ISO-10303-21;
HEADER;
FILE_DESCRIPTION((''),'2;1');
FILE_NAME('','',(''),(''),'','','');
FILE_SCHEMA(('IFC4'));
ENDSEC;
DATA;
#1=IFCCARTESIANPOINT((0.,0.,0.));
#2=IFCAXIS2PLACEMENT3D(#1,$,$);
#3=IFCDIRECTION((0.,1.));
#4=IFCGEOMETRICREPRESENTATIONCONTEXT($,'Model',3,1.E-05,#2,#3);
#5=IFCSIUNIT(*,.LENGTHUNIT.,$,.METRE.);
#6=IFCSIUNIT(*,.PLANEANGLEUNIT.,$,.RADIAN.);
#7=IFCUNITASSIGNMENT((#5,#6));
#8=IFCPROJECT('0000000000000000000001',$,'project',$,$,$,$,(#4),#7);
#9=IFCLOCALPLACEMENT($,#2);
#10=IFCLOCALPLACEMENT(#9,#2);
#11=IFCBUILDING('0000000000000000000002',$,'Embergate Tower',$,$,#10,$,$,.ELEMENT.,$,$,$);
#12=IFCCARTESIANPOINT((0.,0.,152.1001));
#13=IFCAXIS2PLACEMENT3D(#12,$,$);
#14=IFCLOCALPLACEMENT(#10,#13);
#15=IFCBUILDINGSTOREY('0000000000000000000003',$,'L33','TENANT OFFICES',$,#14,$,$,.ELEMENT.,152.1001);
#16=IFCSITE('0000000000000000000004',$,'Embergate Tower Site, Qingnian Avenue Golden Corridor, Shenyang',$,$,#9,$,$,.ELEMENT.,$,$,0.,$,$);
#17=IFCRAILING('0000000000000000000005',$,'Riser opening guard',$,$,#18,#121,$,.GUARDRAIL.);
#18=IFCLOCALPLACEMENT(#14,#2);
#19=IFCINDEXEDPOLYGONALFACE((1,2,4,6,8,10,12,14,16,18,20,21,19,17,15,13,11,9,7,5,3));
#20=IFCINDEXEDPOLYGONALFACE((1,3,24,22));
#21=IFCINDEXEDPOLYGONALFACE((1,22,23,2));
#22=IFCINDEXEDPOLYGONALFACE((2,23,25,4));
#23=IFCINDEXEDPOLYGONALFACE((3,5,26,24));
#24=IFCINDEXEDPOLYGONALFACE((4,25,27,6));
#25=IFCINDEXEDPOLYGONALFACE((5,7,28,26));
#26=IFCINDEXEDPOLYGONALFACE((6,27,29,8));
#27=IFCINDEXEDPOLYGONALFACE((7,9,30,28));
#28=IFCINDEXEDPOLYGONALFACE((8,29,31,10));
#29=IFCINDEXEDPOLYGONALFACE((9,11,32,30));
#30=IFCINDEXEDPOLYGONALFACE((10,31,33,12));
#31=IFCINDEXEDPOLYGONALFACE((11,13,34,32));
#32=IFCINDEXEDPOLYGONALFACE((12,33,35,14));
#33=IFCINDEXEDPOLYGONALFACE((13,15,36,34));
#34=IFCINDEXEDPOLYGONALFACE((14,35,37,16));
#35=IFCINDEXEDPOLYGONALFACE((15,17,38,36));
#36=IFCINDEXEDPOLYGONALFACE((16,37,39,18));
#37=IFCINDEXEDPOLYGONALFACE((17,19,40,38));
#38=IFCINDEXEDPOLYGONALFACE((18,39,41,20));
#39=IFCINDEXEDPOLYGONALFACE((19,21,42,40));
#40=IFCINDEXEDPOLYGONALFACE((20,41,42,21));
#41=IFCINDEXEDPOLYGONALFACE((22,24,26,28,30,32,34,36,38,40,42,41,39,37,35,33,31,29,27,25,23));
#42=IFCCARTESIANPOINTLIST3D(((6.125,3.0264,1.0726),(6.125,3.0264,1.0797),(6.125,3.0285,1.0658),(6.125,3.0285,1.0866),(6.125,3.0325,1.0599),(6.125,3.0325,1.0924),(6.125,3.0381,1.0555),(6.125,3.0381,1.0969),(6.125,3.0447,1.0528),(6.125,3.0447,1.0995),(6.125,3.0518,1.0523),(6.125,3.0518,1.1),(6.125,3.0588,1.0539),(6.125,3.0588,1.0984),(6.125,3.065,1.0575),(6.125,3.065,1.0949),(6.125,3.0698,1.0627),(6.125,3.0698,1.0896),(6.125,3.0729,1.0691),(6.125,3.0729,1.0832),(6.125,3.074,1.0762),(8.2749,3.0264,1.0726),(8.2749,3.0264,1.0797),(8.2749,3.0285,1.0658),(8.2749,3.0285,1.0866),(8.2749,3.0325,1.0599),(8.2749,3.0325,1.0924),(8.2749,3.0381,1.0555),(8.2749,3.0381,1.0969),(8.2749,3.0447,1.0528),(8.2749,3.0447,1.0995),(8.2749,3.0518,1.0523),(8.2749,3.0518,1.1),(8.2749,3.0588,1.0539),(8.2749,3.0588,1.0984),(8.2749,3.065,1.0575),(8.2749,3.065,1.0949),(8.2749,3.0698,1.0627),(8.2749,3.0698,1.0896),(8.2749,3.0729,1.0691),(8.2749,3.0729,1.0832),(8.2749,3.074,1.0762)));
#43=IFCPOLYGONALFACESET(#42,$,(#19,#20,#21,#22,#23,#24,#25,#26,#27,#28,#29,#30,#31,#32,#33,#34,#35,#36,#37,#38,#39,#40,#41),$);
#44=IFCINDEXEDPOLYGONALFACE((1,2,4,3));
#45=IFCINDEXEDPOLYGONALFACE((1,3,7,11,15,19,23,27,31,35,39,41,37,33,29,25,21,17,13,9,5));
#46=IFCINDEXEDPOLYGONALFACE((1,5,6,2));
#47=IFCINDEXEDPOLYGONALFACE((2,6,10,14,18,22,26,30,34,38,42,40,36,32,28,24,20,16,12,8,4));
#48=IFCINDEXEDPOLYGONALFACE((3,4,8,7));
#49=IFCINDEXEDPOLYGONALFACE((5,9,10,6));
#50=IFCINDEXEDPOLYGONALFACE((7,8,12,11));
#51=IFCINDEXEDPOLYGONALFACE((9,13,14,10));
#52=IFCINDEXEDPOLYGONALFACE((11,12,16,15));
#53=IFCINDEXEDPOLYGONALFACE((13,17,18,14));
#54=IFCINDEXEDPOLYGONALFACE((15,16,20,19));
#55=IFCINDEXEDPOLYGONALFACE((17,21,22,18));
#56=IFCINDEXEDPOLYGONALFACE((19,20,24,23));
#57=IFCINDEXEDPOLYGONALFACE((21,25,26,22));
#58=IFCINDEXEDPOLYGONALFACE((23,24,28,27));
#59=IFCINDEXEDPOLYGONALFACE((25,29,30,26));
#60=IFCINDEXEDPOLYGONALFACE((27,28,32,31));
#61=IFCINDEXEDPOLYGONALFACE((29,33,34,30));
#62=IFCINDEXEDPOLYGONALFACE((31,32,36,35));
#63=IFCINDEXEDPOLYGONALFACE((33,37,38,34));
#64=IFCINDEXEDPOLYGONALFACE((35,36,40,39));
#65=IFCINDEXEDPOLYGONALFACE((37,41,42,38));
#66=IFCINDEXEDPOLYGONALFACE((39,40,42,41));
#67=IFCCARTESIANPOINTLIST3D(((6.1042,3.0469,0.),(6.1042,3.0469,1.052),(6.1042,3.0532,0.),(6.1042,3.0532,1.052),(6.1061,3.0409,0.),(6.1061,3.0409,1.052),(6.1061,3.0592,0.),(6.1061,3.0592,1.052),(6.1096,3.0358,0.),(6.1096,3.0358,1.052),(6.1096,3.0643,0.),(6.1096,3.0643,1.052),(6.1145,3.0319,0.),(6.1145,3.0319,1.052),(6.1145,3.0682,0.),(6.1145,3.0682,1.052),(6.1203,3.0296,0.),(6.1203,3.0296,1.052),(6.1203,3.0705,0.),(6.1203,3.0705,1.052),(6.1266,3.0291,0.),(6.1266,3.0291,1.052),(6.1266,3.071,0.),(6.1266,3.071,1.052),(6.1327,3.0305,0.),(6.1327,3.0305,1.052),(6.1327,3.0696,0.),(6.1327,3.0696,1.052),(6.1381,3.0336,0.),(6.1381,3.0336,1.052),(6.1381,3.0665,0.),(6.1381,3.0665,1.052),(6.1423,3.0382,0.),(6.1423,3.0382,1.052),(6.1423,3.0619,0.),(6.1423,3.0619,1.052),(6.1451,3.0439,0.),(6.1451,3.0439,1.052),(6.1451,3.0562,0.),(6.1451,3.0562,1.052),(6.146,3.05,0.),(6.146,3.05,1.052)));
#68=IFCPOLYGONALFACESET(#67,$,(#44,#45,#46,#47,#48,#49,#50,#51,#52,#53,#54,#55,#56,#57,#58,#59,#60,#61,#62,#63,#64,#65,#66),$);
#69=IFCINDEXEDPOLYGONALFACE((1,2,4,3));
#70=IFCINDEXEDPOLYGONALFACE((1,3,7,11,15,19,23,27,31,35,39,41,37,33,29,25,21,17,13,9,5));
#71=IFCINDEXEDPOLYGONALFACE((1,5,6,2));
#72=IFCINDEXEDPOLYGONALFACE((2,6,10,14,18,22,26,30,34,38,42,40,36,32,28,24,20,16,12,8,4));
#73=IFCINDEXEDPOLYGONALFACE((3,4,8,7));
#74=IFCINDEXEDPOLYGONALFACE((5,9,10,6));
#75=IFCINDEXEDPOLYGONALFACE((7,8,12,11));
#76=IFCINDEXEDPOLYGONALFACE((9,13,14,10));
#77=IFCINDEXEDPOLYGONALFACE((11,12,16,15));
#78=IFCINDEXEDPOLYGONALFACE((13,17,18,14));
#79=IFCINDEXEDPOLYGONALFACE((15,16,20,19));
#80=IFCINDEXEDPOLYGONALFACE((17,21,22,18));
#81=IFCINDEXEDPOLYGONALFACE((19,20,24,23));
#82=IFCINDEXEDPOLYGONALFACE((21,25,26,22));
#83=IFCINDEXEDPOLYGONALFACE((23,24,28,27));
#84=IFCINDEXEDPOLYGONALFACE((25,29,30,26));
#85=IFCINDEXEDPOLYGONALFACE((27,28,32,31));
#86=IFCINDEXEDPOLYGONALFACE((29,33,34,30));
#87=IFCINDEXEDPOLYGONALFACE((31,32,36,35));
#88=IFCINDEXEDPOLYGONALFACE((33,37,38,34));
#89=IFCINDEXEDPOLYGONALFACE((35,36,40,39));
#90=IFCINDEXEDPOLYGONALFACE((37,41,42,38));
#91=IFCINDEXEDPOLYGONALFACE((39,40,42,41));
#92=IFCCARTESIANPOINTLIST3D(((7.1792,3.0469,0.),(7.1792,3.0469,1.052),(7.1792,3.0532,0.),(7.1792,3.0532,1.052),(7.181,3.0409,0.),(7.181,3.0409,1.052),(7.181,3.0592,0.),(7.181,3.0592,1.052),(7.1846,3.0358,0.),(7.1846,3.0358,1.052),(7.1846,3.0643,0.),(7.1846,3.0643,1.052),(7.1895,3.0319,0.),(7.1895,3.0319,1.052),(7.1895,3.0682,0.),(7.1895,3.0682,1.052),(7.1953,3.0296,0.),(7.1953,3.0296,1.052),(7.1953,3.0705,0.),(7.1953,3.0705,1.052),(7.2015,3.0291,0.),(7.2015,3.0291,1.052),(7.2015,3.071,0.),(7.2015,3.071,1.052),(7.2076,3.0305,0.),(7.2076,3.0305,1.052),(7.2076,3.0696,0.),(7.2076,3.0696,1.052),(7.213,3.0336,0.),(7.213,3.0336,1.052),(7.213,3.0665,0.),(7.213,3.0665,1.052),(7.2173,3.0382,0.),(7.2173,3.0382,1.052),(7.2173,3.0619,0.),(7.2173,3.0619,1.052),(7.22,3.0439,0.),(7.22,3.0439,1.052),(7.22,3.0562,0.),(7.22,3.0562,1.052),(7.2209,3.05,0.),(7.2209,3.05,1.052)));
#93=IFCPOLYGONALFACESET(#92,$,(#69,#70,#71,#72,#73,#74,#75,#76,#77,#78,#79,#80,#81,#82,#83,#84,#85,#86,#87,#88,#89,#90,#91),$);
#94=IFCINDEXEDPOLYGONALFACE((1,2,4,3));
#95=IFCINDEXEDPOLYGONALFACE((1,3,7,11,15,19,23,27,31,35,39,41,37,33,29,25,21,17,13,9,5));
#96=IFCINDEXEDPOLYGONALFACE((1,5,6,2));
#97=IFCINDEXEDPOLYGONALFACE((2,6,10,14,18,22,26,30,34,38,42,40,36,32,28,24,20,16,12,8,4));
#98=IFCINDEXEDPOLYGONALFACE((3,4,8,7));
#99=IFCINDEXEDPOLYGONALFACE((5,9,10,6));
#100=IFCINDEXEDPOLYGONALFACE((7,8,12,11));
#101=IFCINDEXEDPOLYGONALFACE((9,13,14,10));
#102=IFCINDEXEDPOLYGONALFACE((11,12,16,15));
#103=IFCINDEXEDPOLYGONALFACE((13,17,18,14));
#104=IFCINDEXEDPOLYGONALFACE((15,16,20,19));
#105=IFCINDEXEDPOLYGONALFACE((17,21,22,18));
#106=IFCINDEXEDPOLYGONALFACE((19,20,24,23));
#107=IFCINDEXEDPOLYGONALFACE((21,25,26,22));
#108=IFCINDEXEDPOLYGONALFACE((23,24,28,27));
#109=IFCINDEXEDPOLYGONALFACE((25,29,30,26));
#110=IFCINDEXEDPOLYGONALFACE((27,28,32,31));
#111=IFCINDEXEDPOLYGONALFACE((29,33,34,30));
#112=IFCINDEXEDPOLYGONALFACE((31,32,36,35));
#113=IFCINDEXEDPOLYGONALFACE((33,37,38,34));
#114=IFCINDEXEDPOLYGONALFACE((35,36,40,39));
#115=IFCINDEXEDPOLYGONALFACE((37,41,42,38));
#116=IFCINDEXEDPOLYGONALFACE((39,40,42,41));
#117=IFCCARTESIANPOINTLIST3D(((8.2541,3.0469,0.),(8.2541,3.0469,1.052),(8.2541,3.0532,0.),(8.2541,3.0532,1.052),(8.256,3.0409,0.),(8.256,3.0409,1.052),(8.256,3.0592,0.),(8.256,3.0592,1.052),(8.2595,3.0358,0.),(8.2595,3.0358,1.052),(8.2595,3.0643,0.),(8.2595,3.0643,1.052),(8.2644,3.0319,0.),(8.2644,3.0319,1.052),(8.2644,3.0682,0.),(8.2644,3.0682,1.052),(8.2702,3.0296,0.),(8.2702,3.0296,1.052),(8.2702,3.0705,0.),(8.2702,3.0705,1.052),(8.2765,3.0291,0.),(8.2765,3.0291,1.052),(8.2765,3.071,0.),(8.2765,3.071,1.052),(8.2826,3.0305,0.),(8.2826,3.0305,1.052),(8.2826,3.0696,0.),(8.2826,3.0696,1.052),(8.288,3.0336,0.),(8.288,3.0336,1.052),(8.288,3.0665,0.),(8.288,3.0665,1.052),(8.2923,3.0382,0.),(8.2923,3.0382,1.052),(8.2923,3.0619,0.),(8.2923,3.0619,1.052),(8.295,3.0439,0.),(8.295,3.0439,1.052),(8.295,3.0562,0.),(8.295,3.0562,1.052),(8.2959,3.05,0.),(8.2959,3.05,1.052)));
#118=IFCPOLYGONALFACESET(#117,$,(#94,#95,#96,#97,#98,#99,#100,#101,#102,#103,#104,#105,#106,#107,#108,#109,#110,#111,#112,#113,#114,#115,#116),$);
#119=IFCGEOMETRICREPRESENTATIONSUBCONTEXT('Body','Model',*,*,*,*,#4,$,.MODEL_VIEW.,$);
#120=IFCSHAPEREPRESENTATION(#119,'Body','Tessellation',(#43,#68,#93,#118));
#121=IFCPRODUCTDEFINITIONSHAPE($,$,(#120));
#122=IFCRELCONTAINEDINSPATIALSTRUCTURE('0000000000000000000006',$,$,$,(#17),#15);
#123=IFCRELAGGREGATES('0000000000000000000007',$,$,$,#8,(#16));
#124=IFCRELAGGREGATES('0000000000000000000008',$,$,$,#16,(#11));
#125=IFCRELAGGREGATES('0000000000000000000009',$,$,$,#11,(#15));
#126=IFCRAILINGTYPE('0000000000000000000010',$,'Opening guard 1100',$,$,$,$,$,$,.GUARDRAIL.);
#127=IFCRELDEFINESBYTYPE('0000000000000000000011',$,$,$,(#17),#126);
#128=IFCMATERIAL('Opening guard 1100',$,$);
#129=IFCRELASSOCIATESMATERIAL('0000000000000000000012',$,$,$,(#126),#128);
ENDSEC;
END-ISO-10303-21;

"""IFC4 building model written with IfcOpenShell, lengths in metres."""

from ifc_helpers import new_model, si_unit, direction, frame, origin, origin_2d, place, context, subcontext, project, spatial, circle, extrude, source, transform, mapped, material, type_object, element, save


model = new_model("IFC4")

# Units and contexts
model_context = context("Model", 3, precision=1e-05, world=origin(), true_north=direction((0.0, 1.0)))
body_context = subcontext(model_context, "Body", "Model", "MODEL_VIEW")
ifc_project = project(units=[si_unit("LENGTHUNIT", "METRE"), si_unit("PLANEANGLEUNIT", "RADIAN")], contexts=[model_context])

# Site, building, storey
site_placement = place(None, origin())
site = spatial("IfcSite", under=ifc_project, at=site_placement, Name="Embergate Tower Site, Qingnian Avenue Golden Corridor, Shenyang", CompositionType="ELEMENT", RefElevation=0.0)
building_placement = place(site_placement, origin())
building = spatial("IfcBuilding", under=site, at=building_placement, Name="Embergate Tower", CompositionType="ELEMENT")
storey_placement = place(building_placement, frame((0.0, 0.0, 152.1001)))
storey = spatial("IfcBuildingStorey", under=building, at=storey_placement, Name="L33", Description="TENANT OFFICES", CompositionType="ELEMENT", Elevation=152.1001)

# Railing
ifc_material_1 = material(Name="Opening guard 1100")
railing_type = type_object("IfcRailingType", Name="Opening guard 1100", PredefinedType="GUARDRAIL", material=ifc_material_1)
shared_shape_1 = source(origin(), body_context, "Body", "SweptSolid", [
    extrude(circle(Radius=0.0239, at=origin_2d()), frame((0.0, 0.0, 1.0762), z_axis=(1.0, 0.0, 0.0), x_axis=(0.0, 1.0, 0.0)), (0.0, 0.0, 1.0), 2.1499),
    extrude(circle(Radius=0.021, at=origin_2d()), origin(), (0.0, 0.0, 1.0), 1.052),
    extrude(circle(Radius=0.021, at=origin_2d()), frame((1.075, 0.0, 0.0)), (0.0, 0.0, 1.0), 1.052),
    extrude(circle(Radius=0.021, at=origin_2d()), frame((2.1499, 0.0, 0.0)), (0.0, 0.0, 1.0), 1.052),
])
railing_placement = place(storey_placement, frame((6.125, 3.05, 0.0)))
element("IfcRailing", 1, at=railing_placement, inside=storey, type_object=railing_type, Name="Riser opening guard", PredefinedType="GUARDRAIL", context=body_context, shape_type="MappedRepresentation", body=[
    mapped(shared_shape_1, transform((0.0, 0.0, 0.0))),
])

save(model, "model.ifc")
